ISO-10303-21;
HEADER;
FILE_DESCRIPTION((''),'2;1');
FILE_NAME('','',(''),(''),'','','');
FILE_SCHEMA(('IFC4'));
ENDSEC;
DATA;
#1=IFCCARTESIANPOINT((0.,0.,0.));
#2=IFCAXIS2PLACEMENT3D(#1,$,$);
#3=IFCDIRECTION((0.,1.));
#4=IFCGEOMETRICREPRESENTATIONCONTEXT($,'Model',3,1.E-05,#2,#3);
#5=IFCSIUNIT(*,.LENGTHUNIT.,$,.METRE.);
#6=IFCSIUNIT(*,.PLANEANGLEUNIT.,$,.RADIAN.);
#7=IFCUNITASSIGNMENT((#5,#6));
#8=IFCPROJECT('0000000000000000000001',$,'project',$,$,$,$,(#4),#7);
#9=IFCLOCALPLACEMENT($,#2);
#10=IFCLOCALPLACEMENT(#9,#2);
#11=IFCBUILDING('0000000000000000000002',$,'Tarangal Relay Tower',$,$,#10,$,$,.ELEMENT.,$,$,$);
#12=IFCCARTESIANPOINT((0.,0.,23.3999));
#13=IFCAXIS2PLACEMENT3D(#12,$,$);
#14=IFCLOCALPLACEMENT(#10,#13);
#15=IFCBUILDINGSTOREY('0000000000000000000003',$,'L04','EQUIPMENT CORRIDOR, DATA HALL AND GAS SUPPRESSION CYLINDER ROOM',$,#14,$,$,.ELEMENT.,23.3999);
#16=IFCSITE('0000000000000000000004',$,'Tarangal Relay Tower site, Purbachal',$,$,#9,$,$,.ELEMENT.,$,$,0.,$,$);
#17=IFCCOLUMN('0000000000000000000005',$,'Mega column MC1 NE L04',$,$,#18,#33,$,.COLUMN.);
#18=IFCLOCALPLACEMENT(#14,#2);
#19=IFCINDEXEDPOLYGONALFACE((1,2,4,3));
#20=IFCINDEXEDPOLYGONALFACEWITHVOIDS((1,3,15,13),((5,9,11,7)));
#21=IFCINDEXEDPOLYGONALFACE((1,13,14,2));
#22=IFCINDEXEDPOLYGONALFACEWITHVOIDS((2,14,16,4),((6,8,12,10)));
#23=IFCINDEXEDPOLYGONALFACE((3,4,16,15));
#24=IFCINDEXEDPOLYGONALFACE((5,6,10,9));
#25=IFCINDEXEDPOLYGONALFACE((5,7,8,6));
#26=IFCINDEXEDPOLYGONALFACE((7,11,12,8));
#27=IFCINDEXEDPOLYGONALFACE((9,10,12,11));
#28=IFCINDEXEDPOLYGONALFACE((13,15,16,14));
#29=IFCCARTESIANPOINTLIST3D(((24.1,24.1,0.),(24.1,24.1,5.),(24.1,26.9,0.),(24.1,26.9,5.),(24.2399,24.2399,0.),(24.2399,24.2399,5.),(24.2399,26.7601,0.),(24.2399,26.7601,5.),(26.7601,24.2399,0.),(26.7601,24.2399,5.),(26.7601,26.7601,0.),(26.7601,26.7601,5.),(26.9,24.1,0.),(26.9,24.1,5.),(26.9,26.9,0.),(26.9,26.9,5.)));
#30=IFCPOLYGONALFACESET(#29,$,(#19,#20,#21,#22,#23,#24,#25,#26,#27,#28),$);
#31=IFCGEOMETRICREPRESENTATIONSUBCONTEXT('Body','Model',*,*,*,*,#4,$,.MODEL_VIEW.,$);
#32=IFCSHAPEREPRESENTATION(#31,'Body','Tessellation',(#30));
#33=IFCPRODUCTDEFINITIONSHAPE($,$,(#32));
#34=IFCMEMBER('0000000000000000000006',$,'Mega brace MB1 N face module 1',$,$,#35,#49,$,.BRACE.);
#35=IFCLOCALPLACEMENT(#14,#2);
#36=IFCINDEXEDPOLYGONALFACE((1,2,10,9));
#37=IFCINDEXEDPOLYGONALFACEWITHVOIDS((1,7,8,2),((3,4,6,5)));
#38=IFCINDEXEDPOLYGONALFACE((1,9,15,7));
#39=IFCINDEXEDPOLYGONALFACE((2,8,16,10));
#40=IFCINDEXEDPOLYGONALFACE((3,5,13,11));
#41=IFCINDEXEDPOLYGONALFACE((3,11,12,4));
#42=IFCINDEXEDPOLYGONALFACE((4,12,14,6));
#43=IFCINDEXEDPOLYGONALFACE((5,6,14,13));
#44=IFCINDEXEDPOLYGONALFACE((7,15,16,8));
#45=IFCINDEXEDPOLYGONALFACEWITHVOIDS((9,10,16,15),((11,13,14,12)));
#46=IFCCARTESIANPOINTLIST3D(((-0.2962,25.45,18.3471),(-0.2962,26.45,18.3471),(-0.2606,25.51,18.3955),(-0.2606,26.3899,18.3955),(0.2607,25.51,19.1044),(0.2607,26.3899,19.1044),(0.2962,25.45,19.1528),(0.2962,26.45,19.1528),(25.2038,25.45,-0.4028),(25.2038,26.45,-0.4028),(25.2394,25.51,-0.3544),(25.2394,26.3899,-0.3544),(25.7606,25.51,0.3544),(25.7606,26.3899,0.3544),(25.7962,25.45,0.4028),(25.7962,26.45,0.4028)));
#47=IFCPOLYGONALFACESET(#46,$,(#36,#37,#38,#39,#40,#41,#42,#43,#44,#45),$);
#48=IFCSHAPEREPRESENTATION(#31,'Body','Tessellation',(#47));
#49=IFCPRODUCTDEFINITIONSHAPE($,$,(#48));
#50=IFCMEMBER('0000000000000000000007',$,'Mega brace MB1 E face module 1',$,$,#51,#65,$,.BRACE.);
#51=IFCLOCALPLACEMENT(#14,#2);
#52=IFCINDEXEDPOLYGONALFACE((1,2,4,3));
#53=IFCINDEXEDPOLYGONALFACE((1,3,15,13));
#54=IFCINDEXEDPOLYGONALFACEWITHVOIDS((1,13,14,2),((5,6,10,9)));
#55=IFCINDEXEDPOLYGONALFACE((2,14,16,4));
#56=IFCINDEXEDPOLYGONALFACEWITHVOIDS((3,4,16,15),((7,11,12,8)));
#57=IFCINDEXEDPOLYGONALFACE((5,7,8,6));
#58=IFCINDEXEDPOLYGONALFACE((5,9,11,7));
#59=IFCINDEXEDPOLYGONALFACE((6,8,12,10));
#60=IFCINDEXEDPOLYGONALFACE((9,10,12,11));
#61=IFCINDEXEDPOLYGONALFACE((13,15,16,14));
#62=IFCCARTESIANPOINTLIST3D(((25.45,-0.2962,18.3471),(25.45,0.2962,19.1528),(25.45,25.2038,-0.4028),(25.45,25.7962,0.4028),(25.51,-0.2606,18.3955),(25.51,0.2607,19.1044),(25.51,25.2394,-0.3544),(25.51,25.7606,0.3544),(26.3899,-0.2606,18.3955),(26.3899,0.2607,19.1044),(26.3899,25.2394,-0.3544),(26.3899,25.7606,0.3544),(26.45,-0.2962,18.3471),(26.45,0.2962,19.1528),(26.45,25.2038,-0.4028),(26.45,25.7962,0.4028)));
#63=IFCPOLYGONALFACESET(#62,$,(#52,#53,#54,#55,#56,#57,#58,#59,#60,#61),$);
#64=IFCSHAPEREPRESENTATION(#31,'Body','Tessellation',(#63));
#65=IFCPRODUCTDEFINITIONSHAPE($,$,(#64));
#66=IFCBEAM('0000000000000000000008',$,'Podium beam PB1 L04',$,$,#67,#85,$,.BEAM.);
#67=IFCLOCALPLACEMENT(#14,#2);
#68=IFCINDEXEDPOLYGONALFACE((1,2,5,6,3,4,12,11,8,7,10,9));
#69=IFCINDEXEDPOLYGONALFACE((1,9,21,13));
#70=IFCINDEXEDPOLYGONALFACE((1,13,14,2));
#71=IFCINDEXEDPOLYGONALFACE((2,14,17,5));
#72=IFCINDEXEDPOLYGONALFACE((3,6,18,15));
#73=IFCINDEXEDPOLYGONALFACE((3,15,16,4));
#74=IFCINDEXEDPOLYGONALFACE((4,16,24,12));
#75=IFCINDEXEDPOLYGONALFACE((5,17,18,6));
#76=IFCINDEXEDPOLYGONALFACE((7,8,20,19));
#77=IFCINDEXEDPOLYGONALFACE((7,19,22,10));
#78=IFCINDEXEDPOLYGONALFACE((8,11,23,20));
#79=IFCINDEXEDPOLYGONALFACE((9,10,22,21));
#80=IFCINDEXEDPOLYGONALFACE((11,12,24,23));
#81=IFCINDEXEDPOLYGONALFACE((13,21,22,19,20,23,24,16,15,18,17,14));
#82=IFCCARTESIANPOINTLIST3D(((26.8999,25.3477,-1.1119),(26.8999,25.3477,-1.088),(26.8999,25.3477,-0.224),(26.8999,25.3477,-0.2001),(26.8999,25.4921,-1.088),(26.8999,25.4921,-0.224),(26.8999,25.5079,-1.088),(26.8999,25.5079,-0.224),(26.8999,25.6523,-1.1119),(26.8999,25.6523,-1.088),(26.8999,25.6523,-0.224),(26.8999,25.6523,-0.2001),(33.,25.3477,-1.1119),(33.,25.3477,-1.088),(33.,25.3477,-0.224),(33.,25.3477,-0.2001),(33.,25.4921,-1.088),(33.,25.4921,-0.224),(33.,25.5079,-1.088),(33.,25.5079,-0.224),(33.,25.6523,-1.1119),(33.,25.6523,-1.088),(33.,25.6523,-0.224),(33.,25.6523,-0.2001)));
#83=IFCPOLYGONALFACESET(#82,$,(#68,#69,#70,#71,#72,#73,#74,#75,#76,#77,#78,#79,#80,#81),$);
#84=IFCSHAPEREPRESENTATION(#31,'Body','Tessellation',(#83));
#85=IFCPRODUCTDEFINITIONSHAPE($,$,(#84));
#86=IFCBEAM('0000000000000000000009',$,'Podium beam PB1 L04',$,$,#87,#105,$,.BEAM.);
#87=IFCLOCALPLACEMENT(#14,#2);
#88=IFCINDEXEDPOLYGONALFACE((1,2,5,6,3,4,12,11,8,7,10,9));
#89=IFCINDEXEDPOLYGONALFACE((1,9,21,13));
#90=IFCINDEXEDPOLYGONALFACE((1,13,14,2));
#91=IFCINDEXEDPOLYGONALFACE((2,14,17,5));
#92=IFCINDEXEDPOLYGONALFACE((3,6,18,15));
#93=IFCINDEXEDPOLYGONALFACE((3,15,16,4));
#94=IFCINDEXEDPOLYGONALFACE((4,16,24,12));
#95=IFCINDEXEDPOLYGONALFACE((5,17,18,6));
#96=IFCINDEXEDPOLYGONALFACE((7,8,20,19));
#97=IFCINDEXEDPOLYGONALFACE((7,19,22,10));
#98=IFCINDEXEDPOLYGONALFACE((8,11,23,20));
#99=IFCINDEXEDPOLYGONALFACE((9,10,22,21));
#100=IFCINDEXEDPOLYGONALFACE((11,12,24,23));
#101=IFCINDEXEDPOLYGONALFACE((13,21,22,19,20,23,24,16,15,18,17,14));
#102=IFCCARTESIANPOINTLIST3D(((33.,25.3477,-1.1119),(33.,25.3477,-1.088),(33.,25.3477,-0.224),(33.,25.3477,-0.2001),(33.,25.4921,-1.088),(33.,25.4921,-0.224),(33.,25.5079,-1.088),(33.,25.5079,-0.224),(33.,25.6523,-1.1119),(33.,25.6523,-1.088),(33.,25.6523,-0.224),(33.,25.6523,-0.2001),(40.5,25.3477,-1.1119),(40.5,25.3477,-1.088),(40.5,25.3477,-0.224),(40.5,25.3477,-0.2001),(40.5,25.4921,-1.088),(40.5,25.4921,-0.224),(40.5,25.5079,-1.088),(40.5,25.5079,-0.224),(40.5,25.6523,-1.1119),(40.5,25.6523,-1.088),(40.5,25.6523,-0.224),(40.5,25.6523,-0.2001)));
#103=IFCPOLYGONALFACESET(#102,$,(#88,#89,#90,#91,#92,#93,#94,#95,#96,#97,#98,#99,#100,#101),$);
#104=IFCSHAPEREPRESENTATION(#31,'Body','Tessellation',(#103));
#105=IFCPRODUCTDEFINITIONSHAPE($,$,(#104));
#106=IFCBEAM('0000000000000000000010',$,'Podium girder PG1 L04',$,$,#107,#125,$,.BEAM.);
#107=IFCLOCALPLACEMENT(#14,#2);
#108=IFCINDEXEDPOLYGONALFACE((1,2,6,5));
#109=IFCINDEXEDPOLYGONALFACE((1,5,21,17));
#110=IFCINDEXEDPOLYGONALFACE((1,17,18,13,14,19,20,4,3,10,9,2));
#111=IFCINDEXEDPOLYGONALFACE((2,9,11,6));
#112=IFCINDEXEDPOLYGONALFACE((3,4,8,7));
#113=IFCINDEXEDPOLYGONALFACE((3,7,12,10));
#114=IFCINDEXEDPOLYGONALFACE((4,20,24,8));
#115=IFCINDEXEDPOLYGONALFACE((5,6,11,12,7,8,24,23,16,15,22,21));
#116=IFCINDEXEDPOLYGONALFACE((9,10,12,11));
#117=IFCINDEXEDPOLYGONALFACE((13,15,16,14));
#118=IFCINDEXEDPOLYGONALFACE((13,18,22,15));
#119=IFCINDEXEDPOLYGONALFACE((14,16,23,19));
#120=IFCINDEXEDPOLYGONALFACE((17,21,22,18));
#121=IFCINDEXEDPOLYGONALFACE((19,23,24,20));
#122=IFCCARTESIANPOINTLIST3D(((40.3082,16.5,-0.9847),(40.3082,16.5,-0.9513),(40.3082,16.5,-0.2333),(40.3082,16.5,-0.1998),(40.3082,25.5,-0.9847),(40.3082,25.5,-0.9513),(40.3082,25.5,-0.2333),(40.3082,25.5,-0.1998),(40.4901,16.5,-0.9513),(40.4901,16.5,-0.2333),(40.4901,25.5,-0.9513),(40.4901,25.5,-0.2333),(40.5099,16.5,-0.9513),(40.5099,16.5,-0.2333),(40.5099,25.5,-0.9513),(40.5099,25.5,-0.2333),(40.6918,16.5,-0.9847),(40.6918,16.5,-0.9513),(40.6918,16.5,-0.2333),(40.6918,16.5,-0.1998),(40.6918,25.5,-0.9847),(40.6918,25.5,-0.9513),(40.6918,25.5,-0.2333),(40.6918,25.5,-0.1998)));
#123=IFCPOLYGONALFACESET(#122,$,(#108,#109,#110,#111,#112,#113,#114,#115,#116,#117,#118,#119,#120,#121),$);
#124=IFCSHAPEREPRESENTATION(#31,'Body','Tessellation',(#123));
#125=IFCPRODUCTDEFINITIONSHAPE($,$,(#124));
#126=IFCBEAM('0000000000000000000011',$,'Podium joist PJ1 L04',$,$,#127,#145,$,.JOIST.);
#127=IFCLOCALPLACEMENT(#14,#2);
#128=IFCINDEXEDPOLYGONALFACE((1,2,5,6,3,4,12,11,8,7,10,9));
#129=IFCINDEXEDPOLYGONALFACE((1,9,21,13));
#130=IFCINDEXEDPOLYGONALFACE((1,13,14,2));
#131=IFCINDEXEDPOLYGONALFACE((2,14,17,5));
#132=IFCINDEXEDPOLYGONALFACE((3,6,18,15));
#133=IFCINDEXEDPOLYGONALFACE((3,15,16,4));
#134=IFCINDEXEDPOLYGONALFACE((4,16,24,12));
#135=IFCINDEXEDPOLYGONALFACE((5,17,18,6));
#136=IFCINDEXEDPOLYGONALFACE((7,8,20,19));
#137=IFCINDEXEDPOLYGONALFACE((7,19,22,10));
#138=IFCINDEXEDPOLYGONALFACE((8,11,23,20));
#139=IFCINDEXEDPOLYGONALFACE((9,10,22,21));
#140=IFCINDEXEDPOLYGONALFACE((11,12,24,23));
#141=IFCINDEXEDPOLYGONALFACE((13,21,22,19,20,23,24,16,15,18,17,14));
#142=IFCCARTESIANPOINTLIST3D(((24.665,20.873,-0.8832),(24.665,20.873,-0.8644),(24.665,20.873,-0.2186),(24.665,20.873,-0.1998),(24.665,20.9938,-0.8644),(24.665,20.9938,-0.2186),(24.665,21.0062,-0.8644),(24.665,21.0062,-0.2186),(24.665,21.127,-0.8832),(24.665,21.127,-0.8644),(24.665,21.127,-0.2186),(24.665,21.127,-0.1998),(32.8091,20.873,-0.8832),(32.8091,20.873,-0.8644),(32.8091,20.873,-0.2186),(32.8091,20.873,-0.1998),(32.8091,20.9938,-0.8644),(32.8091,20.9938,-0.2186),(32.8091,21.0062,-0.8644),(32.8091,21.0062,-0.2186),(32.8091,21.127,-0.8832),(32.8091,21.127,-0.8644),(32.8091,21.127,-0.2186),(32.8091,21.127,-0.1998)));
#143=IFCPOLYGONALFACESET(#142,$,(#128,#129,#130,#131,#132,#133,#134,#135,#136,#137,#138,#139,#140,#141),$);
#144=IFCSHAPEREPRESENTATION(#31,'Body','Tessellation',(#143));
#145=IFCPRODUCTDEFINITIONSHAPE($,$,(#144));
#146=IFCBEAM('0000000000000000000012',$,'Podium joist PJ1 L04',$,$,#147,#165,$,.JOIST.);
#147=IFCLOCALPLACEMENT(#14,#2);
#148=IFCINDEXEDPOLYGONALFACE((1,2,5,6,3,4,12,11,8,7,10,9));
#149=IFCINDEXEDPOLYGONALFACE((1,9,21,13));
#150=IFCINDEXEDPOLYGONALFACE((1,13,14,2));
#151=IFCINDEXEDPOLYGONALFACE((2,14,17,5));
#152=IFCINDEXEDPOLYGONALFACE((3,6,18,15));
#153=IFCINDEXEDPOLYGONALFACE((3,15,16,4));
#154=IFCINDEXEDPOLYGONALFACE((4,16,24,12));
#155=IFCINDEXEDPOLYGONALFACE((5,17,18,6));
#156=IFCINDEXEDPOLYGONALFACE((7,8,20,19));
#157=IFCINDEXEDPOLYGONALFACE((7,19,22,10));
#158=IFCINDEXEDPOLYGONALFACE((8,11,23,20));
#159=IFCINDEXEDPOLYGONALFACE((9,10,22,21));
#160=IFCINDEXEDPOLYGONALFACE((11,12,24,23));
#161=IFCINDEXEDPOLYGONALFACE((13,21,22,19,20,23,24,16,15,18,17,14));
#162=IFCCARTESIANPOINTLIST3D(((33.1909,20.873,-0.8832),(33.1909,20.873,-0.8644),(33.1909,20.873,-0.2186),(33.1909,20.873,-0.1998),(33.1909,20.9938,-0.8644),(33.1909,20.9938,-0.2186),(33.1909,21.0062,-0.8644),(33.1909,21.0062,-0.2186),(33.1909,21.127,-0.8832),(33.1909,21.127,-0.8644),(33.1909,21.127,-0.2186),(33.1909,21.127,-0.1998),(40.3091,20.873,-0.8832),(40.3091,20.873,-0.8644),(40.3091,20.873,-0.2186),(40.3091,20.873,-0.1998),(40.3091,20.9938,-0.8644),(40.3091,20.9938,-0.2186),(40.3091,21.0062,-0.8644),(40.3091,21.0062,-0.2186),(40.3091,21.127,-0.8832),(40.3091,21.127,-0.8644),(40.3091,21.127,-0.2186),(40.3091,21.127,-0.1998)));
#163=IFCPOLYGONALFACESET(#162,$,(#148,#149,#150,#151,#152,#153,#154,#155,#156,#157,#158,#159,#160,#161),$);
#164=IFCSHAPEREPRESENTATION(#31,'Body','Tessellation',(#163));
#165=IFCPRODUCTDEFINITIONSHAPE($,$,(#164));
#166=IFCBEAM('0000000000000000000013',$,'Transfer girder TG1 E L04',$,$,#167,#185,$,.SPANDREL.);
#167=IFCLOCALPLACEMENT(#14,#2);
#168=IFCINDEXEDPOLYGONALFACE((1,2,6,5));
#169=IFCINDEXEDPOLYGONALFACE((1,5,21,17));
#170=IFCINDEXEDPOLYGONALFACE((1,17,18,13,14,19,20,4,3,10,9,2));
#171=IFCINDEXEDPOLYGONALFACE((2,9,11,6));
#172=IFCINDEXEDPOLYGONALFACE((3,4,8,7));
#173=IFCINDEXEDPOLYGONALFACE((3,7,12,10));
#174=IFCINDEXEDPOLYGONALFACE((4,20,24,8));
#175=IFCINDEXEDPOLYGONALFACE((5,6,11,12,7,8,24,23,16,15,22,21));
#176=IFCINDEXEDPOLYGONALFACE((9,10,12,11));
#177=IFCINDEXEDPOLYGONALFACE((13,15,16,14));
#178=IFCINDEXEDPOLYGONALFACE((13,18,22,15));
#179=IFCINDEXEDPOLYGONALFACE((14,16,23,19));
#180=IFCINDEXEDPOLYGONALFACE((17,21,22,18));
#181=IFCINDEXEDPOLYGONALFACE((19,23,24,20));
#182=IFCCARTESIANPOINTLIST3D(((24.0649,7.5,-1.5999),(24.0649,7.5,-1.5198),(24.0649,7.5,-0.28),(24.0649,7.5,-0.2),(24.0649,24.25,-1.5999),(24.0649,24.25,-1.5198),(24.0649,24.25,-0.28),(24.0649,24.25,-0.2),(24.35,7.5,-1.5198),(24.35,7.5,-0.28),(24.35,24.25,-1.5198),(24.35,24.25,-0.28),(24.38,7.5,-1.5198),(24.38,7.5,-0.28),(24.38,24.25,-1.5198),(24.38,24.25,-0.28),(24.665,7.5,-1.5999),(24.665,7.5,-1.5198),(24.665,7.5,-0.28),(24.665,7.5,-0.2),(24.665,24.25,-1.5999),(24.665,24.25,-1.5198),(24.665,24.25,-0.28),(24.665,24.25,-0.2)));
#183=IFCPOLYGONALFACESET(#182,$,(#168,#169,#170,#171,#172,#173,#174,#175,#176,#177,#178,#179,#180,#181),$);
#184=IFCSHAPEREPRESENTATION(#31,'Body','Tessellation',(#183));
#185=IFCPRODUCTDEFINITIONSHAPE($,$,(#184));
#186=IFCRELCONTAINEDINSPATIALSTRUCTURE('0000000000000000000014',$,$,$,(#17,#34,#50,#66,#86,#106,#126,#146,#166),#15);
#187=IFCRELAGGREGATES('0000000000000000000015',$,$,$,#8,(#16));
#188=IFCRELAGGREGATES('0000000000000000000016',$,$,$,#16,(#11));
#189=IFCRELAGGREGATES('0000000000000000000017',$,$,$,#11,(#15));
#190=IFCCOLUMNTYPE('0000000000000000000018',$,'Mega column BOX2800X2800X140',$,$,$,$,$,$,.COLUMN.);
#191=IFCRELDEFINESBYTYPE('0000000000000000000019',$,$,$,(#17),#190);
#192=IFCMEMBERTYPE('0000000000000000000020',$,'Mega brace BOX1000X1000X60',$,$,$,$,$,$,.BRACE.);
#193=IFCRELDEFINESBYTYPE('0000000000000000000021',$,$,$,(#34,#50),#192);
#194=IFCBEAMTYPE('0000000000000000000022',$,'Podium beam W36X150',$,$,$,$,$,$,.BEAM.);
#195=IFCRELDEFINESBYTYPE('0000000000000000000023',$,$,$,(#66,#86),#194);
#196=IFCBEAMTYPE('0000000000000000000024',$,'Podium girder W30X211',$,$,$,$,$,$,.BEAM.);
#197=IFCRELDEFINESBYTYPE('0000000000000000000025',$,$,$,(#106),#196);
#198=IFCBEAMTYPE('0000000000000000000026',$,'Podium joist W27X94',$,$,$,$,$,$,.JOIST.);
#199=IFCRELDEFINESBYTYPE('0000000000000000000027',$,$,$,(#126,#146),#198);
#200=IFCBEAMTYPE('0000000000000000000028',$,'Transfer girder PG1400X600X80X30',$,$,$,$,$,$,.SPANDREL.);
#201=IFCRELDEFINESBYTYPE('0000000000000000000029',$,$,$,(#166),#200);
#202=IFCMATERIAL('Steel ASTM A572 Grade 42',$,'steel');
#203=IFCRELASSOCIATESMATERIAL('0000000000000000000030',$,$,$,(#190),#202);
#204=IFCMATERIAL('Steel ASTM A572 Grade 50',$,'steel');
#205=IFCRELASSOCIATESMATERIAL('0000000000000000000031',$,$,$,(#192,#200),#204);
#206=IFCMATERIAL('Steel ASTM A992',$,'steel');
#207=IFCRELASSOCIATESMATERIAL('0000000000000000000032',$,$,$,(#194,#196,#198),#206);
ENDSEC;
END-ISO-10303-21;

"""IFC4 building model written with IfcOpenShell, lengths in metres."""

from ifc_helpers import new_model, si_unit, direction, frame, origin, origin_2d, place, context, subcontext, project, spatial, hollow_rectangle, i_section, extrude, material, material_profile, profile_set, type_object, element, save


model = new_model("IFC4")

# Units and contexts
model_context = context("Model", 3, precision=1e-05, world=origin(), true_north=direction((0.0, 1.0)))
body_context = subcontext(model_context, "Body", "Model", "MODEL_VIEW")
ifc_project = project(units=[si_unit("LENGTHUNIT", "METRE"), si_unit("PLANEANGLEUNIT", "RADIAN")], contexts=[model_context])

# Site, building, storey
site_placement = place(None, origin())
site = spatial("IfcSite", under=ifc_project, at=site_placement, Name="Tarangal Relay Tower site, Purbachal", CompositionType="ELEMENT", RefElevation=0.0)
building_placement = place(site_placement, origin())
building = spatial("IfcBuilding", under=site, at=building_placement, Name="Tarangal Relay Tower", CompositionType="ELEMENT")
storey_placement = place(building_placement, frame((0.0, 0.0, 23.3999)))
storey = spatial("IfcBuildingStorey", under=building, at=storey_placement, Name="L04", Description="EQUIPMENT CORRIDOR, DATA HALL AND GAS SUPPRESSION CYLINDER ROOM", CompositionType="ELEMENT", Elevation=23.3999)

# Column
ifc_material_1 = material(Name="Steel ASTM A572 Grade 42", Category="steel")
ifc_material_profile_1 = material_profile(ifc_material_1, hollow_rectangle(XDim=2.8, YDim=2.8, WallThickness=0.1399, at=origin_2d()), Name="BOX2800X2800X140")
ifc_profile_set_1 = profile_set([ifc_material_profile_1], Name="Steel ASTM A572 Grade 42")
column_type = type_object("IfcColumnType", Name="Mega column BOX2800X2800X140", PredefinedType="COLUMN", material=ifc_profile_set_1)
column_placement = place(storey_placement, frame((25.5, 25.5, 0.0), z_axis=(0.0, 0.0, 1.0), x_axis=(1.0, 0.0, 0.0)))
element("IfcColumn", 1, at=column_placement, inside=storey, type_object=column_type, Name="Mega column MC1 NE L04", PredefinedType="COLUMN", context=body_context, shape_type="SweptSolid", body=[
    extrude(hollow_rectangle(XDim=2.8, YDim=2.8, WallThickness=0.1399, at=origin_2d()), origin(), (0.0, 0.0, 1.0), 5.0),
])

# Members
ifc_material_2 = material(Name="Steel ASTM A572 Grade 50", Category="steel")
ifc_material_profile_2 = material_profile(ifc_material_2, hollow_rectangle(XDim=1.0, YDim=1.0, WallThickness=0.0601, at=origin_2d()), Name="BOX1000X1000X60")
ifc_profile_set_2 = profile_set([ifc_material_profile_2], Name="Steel ASTM A572 Grade 50")
member_type = type_object("IfcMemberType", Name="Mega brace BOX1000X1000X60", PredefinedType="BRACE", material=ifc_profile_set_2)
for number, where, z_axis, x_axis, name in (
    (2, (25.5, 25.95, 0.0), (-0.805651, 0.0, 0.59239), (0.0, -1.0, 0.0), "Mega brace MB1 N face module 1"),
    (3, (25.95, 25.5, 0.0), (0.0, -0.805651, 0.59239), (1.0, 0.0, 0.0), "Mega brace MB1 E face module 1"),
):
    element("IfcMember", number, at=place(storey_placement, frame(where, z_axis=z_axis, x_axis=x_axis)), inside=storey, type_object=member_type, Name=name, PredefinedType="BRACE", context=body_context, shape_type="SweptSolid", body=[
        extrude(hollow_rectangle(XDim=1.0, YDim=1.0, WallThickness=0.0601, at=origin_2d()), origin(), (0.0, 0.0, 1.0), 31.6514),
    ])

# Beams
ifc_material_3 = material(Name="Steel ASTM A992", Category="steel")
ifc_material_profile_3 = material_profile(ifc_material_3, i_section(OverallWidth=0.3047, OverallDepth=0.9119, WebThickness=0.0159, FlangeThickness=0.0239, at=origin_2d()), Name="W36X150")
ifc_profile_set_3 = profile_set([ifc_material_profile_3], Name="Steel ASTM A992")
beam_type_1 = type_object("IfcBeamType", Name="Podium beam W36X150", PredefinedType="BEAM", material=ifc_profile_set_3)
beam_1_placement = place(storey_placement, frame((26.8999, 25.5, -0.656), z_axis=(1.0, 0.0, 0.0), x_axis=(0.0, 1.0, 0.0)))
element("IfcBeam", 4, at=beam_1_placement, inside=storey, type_object=beam_type_1, Name="Podium beam PB1 L04", PredefinedType="BEAM", context=body_context, shape_type="SweptSolid", body=[
    extrude(i_section(OverallWidth=0.3047, OverallDepth=0.9119, WebThickness=0.0159, FlangeThickness=0.0239, at=origin_2d()), origin(), (0.0, 0.0, 1.0), 6.1001),
])
beam_2_placement = place(storey_placement, frame((33.0, 25.5, -0.656), z_axis=(1.0, 0.0, 0.0), x_axis=(0.0, 1.0, 0.0)))
element("IfcBeam", 5, at=beam_2_placement, inside=storey, type_object=beam_type_1, Name="Podium beam PB1 L04", PredefinedType="BEAM", context=body_context, shape_type="SweptSolid", body=[
    extrude(i_section(OverallWidth=0.3047, OverallDepth=0.9119, WebThickness=0.0159, FlangeThickness=0.0239, at=origin_2d()), origin(), (0.0, 0.0, 1.0), 7.5),
])
ifc_material_profile_4 = material_profile(ifc_material_3, i_section(OverallWidth=0.3835, OverallDepth=0.7849, WebThickness=0.0198, FlangeThickness=0.0334, at=origin_2d()), Name="W30X211")
ifc_profile_set_4 = profile_set([ifc_material_profile_4], Name="Steel ASTM A992")
beam_type_2 = type_object("IfcBeamType", Name="Podium girder W30X211", PredefinedType="BEAM", material=ifc_profile_set_4)
beam_3_placement = place(storey_placement, frame((40.5, 16.5, -0.5923), z_axis=(0.0, 1.0, 0.0), x_axis=(-1.0, 0.0, 0.0)))
element("IfcBeam", 6, at=beam_3_placement, inside=storey, type_object=beam_type_2, Name="Podium girder PG1 L04", PredefinedType="BEAM", context=body_context, shape_type="SweptSolid", body=[
    extrude(i_section(OverallWidth=0.3835, OverallDepth=0.7849, WebThickness=0.0198, FlangeThickness=0.0334, at=origin_2d()), origin(), (0.0, 0.0, 1.0), 9.0),
])
ifc_material_profile_5 = material_profile(ifc_material_3, i_section(OverallWidth=0.2539, OverallDepth=0.6833, WebThickness=0.0125, FlangeThickness=0.0188, at=origin_2d()), Name="W27X94")
ifc_profile_set_5 = profile_set([ifc_material_profile_5], Name="Steel ASTM A992")
beam_type_3 = type_object("IfcBeamType", Name="Podium joist W27X94", PredefinedType="JOIST", material=ifc_profile_set_5)
beam_4_placement = place(storey_placement, frame((24.665, 21.0, -0.5415), z_axis=(1.0, 0.0, 0.0), x_axis=(0.0, 1.0, 0.0)))
element("IfcBeam", 7, at=beam_4_placement, inside=storey, type_object=beam_type_3, Name="Podium joist PJ1 L04", PredefinedType="JOIST", context=body_context, shape_type="SweptSolid", body=[
    extrude(i_section(OverallWidth=0.2539, OverallDepth=0.6833, WebThickness=0.0125, FlangeThickness=0.0188, at=origin_2d()), origin(), (0.0, 0.0, 1.0), 8.144),
])
beam_5_placement = place(storey_placement, frame((33.1909, 21.0, -0.5415), z_axis=(1.0, 0.0, 0.0), x_axis=(0.0, 1.0, 0.0)))
element("IfcBeam", 8, at=beam_5_placement, inside=storey, type_object=beam_type_3, Name="Podium joist PJ1 L04", PredefinedType="JOIST", context=body_context, shape_type="SweptSolid", body=[
    extrude(i_section(OverallWidth=0.2539, OverallDepth=0.6833, WebThickness=0.0125, FlangeThickness=0.0188, at=origin_2d()), origin(), (0.0, 0.0, 1.0), 7.1182),
])
ifc_material_profile_6 = material_profile(ifc_material_2, i_section(OverallWidth=0.6001, OverallDepth=1.3999, WebThickness=0.03, FlangeThickness=0.0801, at=origin_2d()), Name="PG1400X600X80X30")
ifc_profile_set_6 = profile_set([ifc_material_profile_6], Name="Steel ASTM A572 Grade 50")
beam_type_4 = type_object("IfcBeamType", Name="Transfer girder PG1400X600X80X30", PredefinedType="SPANDREL", material=ifc_profile_set_6)
beam_6_placement = place(storey_placement, frame((24.365, 24.25, -0.8999), z_axis=(0.0, -1.0, 0.0), x_axis=(1.0, 0.0, 0.0)))
element("IfcBeam", 9, at=beam_6_placement, inside=storey, type_object=beam_type_4, Name="Transfer girder TG1 E L04", PredefinedType="SPANDREL", context=body_context, shape_type="SweptSolid", body=[
    extrude(i_section(OverallWidth=0.6001, OverallDepth=1.3999, WebThickness=0.03, FlangeThickness=0.0801, at=origin_2d()), origin(), (0.0, 0.0, 1.0), 16.75),
])

save(model, "model.ifc")
